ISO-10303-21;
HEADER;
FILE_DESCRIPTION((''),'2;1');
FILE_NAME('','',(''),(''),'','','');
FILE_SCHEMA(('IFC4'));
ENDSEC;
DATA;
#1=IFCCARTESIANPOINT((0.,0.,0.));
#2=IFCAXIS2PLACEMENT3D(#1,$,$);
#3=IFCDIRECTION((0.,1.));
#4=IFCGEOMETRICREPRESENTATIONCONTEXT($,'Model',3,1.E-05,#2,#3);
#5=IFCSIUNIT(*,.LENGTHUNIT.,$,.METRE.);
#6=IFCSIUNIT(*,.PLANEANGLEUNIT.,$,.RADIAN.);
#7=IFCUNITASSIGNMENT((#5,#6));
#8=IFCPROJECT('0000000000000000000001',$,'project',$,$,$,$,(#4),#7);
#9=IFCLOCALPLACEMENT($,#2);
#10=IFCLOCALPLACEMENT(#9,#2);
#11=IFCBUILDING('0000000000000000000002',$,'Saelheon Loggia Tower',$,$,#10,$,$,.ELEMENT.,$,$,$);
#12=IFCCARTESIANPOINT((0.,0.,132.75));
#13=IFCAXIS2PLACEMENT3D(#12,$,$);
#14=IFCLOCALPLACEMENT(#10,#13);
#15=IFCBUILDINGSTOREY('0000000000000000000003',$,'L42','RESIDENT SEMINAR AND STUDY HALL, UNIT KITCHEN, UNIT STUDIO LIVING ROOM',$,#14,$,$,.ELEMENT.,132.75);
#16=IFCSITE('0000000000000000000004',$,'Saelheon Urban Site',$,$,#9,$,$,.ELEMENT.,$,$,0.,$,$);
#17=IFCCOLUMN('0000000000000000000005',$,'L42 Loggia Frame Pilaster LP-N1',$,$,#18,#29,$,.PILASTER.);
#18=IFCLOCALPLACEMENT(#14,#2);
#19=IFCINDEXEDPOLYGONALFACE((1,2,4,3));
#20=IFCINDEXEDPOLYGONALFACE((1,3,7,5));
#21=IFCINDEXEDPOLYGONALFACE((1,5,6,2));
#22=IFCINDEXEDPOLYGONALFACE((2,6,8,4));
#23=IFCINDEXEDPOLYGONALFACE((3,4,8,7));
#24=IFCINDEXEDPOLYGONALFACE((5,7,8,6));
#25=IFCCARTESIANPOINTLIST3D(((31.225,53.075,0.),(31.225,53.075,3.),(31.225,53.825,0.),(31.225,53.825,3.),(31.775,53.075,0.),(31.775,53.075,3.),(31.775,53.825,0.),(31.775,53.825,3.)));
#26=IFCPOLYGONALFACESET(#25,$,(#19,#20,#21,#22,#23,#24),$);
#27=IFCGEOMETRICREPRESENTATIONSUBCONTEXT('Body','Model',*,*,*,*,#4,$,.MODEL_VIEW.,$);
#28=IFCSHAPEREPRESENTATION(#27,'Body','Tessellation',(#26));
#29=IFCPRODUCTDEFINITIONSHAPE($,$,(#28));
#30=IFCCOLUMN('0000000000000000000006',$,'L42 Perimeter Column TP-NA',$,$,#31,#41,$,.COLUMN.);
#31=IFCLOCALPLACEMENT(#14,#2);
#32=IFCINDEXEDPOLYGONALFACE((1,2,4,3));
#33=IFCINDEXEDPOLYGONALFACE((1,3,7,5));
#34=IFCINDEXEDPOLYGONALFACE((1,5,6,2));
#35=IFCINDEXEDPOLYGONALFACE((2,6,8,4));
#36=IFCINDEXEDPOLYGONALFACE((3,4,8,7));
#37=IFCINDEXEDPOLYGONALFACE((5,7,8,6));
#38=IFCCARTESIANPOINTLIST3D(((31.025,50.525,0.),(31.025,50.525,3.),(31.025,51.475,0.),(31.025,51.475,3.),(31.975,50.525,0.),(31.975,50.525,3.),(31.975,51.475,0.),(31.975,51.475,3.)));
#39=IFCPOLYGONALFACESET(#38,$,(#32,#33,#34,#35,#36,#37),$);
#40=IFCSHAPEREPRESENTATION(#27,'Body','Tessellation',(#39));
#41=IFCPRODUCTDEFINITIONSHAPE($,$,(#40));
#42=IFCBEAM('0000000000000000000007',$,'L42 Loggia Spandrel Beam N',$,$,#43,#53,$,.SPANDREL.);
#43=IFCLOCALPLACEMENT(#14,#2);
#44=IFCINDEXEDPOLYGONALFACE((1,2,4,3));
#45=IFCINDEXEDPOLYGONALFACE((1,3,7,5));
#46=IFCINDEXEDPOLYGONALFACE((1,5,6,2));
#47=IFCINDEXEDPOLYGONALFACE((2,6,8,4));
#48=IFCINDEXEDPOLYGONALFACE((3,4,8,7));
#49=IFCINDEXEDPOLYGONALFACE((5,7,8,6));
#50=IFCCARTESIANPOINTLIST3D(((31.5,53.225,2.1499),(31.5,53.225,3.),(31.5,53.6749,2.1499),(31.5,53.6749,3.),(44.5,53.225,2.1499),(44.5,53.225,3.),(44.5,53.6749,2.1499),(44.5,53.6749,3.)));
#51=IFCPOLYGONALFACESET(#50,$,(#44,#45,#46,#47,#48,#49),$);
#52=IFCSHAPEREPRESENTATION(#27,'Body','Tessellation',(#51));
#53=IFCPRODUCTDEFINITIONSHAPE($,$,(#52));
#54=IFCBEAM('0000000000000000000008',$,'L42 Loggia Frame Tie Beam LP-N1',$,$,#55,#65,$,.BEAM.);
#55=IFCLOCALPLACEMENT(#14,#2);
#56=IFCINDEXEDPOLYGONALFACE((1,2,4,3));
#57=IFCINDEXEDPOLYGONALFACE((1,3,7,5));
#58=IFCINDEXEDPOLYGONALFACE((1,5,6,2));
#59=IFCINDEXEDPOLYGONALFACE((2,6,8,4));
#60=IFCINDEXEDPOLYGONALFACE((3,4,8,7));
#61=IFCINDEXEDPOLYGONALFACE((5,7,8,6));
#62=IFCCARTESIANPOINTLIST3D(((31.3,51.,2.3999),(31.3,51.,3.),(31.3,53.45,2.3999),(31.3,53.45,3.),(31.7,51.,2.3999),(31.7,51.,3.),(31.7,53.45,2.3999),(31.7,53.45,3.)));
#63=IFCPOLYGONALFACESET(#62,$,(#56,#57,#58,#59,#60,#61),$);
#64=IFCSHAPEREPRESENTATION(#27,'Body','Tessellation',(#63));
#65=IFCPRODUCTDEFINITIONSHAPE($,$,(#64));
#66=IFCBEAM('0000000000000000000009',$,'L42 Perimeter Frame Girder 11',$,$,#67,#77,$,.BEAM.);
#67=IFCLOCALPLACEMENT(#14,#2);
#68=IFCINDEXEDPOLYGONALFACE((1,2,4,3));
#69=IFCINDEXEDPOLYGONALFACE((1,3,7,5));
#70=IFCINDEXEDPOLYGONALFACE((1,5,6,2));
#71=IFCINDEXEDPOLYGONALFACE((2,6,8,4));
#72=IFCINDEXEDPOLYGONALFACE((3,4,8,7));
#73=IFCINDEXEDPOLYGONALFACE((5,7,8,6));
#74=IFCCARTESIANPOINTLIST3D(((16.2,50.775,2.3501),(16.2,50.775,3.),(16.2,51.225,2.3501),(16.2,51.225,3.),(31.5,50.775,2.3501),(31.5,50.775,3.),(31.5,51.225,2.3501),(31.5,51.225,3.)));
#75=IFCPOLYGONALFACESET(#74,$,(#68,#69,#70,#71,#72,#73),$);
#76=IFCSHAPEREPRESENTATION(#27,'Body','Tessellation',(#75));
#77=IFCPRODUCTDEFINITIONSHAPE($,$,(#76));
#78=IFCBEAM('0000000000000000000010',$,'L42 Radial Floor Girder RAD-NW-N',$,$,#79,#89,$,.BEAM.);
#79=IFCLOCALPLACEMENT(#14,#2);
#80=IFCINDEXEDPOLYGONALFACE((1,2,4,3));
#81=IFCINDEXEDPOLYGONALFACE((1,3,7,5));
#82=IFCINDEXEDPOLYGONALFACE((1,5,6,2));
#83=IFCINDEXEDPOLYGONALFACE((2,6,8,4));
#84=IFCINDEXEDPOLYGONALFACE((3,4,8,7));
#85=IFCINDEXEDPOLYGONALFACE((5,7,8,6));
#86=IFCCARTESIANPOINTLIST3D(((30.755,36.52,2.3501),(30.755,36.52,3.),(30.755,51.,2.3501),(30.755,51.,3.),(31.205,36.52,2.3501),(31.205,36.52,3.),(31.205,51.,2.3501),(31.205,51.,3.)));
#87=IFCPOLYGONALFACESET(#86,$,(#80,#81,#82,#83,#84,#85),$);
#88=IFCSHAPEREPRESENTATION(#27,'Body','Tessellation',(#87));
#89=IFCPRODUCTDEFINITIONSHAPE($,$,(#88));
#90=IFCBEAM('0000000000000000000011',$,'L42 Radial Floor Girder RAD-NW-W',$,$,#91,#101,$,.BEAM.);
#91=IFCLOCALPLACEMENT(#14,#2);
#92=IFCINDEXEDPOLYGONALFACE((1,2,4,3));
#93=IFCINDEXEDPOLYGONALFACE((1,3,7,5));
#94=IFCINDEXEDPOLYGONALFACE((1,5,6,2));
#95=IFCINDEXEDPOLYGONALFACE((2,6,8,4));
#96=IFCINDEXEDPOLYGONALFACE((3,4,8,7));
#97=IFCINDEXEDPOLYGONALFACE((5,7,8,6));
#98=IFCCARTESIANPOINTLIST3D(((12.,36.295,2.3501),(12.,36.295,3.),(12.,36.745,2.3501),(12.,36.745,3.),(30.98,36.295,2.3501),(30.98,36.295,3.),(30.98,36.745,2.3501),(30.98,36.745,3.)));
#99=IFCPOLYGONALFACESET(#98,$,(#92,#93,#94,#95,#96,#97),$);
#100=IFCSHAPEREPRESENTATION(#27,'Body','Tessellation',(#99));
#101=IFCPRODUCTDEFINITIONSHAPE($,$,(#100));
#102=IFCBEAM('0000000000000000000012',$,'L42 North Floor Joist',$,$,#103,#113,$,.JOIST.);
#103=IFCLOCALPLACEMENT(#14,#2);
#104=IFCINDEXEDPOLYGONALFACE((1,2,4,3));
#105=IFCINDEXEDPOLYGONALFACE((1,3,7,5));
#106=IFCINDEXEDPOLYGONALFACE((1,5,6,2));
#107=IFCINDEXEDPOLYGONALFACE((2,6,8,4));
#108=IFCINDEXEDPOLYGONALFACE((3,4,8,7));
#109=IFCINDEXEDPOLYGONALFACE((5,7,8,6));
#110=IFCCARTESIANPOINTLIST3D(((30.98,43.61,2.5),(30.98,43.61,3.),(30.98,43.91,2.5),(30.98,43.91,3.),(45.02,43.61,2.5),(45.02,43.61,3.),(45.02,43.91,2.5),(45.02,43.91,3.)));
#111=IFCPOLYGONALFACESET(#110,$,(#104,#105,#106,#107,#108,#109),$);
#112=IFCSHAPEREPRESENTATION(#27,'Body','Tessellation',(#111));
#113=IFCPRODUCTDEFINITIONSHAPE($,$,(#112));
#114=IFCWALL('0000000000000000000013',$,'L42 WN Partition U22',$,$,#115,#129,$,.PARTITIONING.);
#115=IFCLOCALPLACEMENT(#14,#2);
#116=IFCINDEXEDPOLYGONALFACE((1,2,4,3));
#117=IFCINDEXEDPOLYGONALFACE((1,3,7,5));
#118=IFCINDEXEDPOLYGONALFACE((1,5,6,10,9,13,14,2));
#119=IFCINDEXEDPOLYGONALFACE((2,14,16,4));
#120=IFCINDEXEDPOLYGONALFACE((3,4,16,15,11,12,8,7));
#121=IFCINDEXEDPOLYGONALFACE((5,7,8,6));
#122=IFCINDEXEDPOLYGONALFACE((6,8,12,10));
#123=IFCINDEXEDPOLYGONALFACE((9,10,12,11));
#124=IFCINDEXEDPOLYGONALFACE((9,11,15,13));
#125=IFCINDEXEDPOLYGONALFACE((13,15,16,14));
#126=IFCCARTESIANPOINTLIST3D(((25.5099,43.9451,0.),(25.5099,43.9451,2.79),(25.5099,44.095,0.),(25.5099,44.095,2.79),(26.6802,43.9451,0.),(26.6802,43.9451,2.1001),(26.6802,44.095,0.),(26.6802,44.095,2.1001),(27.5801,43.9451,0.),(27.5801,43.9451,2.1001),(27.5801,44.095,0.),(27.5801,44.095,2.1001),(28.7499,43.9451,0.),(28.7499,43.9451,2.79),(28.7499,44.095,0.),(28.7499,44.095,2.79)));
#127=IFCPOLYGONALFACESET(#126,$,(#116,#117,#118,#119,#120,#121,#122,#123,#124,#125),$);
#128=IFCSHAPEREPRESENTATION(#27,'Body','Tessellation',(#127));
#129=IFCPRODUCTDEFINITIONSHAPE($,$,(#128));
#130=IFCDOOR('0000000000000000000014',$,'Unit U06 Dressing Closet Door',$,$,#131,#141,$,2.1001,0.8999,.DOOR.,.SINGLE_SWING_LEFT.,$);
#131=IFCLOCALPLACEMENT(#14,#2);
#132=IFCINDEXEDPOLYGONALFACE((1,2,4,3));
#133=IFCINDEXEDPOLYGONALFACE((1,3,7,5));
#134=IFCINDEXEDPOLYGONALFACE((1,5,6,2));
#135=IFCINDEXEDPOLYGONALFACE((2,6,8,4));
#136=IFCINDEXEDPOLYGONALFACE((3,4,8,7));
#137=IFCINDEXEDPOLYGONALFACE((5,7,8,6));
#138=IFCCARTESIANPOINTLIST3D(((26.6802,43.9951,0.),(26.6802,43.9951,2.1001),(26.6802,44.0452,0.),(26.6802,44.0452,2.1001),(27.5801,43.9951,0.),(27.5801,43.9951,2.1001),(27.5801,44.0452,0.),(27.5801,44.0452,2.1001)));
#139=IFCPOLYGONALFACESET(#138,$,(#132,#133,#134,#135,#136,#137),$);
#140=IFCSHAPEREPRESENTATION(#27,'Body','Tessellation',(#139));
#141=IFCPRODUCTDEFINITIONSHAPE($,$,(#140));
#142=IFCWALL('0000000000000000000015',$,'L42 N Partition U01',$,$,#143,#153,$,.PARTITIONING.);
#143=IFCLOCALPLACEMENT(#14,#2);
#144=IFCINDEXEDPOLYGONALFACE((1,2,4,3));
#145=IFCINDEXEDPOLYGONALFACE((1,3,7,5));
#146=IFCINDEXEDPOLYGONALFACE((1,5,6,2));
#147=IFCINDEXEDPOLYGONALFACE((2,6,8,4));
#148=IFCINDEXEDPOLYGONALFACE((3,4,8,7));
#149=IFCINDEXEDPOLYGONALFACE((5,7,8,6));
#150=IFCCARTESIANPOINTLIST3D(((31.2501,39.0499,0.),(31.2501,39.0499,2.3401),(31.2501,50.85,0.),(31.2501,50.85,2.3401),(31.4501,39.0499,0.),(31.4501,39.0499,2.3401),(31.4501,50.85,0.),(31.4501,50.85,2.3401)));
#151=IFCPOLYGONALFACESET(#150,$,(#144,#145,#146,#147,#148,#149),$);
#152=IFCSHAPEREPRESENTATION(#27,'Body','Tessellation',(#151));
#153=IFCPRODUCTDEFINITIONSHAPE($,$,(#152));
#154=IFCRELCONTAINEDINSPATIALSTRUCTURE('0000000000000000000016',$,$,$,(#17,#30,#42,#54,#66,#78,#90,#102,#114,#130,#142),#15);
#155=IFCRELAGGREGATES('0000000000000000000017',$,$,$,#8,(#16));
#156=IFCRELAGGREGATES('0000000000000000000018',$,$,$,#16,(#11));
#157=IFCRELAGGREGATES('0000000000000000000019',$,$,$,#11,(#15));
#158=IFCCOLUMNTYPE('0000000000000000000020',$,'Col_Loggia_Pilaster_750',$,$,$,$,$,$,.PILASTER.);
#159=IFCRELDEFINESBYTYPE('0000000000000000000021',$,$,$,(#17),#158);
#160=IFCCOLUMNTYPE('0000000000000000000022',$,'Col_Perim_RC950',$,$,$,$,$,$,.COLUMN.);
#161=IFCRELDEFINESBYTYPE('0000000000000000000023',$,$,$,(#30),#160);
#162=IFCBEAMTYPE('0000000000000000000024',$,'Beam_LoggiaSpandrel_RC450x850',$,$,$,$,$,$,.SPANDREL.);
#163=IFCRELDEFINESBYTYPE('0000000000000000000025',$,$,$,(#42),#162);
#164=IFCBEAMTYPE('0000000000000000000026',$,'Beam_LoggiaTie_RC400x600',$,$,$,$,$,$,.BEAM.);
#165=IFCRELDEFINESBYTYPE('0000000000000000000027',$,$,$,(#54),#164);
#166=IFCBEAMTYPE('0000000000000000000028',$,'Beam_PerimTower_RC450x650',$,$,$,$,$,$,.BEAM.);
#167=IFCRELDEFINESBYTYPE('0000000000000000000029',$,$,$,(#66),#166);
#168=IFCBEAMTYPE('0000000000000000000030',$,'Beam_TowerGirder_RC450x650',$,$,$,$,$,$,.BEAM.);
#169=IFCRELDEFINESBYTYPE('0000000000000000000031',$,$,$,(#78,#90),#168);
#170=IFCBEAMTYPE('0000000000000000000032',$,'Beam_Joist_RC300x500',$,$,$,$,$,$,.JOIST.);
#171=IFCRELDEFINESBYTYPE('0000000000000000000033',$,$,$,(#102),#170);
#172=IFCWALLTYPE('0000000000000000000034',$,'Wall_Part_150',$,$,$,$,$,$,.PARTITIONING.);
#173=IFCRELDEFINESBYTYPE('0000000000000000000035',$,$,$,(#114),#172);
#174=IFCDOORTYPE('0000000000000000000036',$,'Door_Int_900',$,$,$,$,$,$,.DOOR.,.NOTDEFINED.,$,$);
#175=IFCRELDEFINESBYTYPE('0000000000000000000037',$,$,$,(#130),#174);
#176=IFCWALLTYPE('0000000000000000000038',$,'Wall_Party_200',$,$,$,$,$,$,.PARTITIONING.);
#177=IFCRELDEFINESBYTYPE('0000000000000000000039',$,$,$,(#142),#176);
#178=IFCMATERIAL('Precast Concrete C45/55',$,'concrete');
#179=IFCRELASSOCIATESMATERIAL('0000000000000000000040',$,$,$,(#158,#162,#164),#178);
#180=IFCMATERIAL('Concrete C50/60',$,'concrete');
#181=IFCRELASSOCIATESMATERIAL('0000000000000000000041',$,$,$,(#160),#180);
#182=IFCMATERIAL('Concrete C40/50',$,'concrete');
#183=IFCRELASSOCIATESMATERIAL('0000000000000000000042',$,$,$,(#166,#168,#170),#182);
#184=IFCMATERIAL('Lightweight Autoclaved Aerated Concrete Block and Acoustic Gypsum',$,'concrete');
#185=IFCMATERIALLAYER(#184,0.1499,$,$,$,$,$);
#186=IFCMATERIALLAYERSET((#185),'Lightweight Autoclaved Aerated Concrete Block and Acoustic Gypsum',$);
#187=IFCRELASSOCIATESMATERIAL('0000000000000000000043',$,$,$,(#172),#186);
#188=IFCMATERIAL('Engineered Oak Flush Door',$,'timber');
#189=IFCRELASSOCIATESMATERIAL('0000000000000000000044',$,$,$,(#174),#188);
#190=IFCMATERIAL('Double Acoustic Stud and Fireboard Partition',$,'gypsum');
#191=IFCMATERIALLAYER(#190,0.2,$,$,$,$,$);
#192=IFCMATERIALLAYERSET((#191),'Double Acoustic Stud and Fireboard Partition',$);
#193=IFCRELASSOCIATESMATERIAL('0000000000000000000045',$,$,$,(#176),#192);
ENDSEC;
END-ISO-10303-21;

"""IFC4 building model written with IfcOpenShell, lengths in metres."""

from ifc_helpers import new_model, si_unit, direction, frame, frame_2d, origin, origin_2d, place, context, subcontext, project, spatial, rectangle, extrude, source, transform, mapped, material, layer, layer_set, material_profile, profile_set, type_object, element, fill, save


model = new_model("IFC4")

# Units and contexts
model_context = context("Model", 3, precision=1e-05, world=origin(), true_north=direction((0.0, 1.0)))
body_context = subcontext(model_context, "Body", "Model", "MODEL_VIEW")
ifc_project = project(units=[si_unit("LENGTHUNIT", "METRE"), si_unit("PLANEANGLEUNIT", "RADIAN")], contexts=[model_context])

# Site, building, storey
site_placement = place(None, origin())
site = spatial("IfcSite", under=ifc_project, at=site_placement, Name="Saelheon Urban Site", CompositionType="ELEMENT", RefElevation=0.0)
building_placement = place(site_placement, origin())
building = spatial("IfcBuilding", under=site, at=building_placement, Name="Saelheon Loggia Tower", CompositionType="ELEMENT")
storey_placement = place(building_placement, frame((0.0, 0.0, 132.75)))
storey = spatial("IfcBuildingStorey", under=building, at=storey_placement, Name="L42", Description="RESIDENT SEMINAR AND STUDY HALL, UNIT KITCHEN, UNIT STUDIO LIVING ROOM", CompositionType="ELEMENT", Elevation=132.75)

# Columns
ifc_material_1 = material(Name="Precast Concrete C45/55", Category="concrete")
ifc_material_profile_1 = material_profile(ifc_material_1, rectangle(XDim=0.55, YDim=0.75, at=origin_2d()), Name="RC-550x750")
ifc_profile_set_1 = profile_set([ifc_material_profile_1], Name="Precast Concrete C45/55")
column_type_1 = type_object("IfcColumnType", Name="Col_Loggia_Pilaster_750", PredefinedType="PILASTER", material=ifc_profile_set_1)
shared_shape_1 = source(origin(), body_context, "Body", "SweptSolid", [
    extrude(rectangle(XDim=0.55, YDim=0.75, at=origin_2d()), origin(), (0.0, 0.0, 1.0), 3.0),
])
column_1_placement = place(storey_placement, frame((31.5, 53.45, 0.0), z_axis=(0.0, 0.0, 1.0), x_axis=(1.0, 0.0, 0.0)))
element("IfcColumn", 1, at=column_1_placement, inside=storey, type_object=column_type_1, Name="L42 Loggia Frame Pilaster LP-N1", PredefinedType="PILASTER", context=body_context, shape_type="MappedRepresentation", body=[
    mapped(shared_shape_1, transform((0.0, 0.0, 0.0), scale=1.0)),
])
ifc_material_2 = material(Name="Concrete C50/60", Category="concrete")
ifc_material_profile_2 = material_profile(ifc_material_2, rectangle(XDim=0.95, YDim=0.95, at=origin_2d()), Name="RC-950x950")
ifc_profile_set_2 = profile_set([ifc_material_profile_2], Name="Concrete C50/60")
column_type_2 = type_object("IfcColumnType", Name="Col_Perim_RC950", PredefinedType="COLUMN", material=ifc_profile_set_2)
shared_shape_2 = source(origin(), body_context, "Body", "SweptSolid", [
    extrude(rectangle(XDim=0.95, YDim=0.95, at=origin_2d()), origin(), (0.0, 0.0, 1.0), 3.0),
])
column_2_placement = place(storey_placement, frame((31.5, 51.0, 0.0), z_axis=(0.0, 0.0, 1.0), x_axis=(1.0, 0.0, 0.0)))
element("IfcColumn", 2, at=column_2_placement, inside=storey, type_object=column_type_2, Name="L42 Perimeter Column TP-NA", PredefinedType="COLUMN", context=body_context, shape_type="MappedRepresentation", body=[
    mapped(shared_shape_2, transform((0.0, 0.0, 0.0), scale=1.0)),
])

# Beams
ifc_material_profile_3 = material_profile(ifc_material_1, rectangle(XDim=0.45, YDim=0.8501, at=origin_2d()), Name="RC-450x850")
ifc_profile_set_3 = profile_set([ifc_material_profile_3], Name="Precast Concrete C45/55")
beam_type_1 = type_object("IfcBeamType", Name="Beam_LoggiaSpandrel_RC450x850", PredefinedType="SPANDREL", material=ifc_profile_set_3)
shared_shape_3 = source(origin(), body_context, "Body", "SweptSolid", [
    extrude(rectangle(XDim=0.45, YDim=0.8501, at=origin_2d()), origin(), (0.0, 0.0, 1.0), 13.0),
])
beam_1_placement = place(storey_placement, frame((31.5, 53.45, 2.575), z_axis=(1.0, 0.0, 0.0), x_axis=(0.0, 1.0, 0.0)))
element("IfcBeam", 3, at=beam_1_placement, inside=storey, type_object=beam_type_1, Name="L42 Loggia Spandrel Beam N", PredefinedType="SPANDREL", context=body_context, shape_type="MappedRepresentation", body=[
    mapped(shared_shape_3, transform((0.0, 0.0, 0.0), scale=1.0)),
])
ifc_material_profile_4 = material_profile(ifc_material_1, rectangle(XDim=0.3999, YDim=0.6001, at=origin_2d()), Name="RC-400x600")
ifc_profile_set_4 = profile_set([ifc_material_profile_4], Name="Precast Concrete C45/55")
beam_type_2 = type_object("IfcBeamType", Name="Beam_LoggiaTie_RC400x600", PredefinedType="BEAM", material=ifc_profile_set_4)
shared_shape_4 = source(origin(), body_context, "Body", "SweptSolid", [
    extrude(rectangle(XDim=0.3999, YDim=0.6001, at=origin_2d()), origin(), (0.0, 0.0, 1.0), 2.45),
])
beam_2_placement = place(storey_placement, frame((31.5, 51.0, 2.7), z_axis=(0.0, 1.0, 0.0), x_axis=(-1.0, 0.0, 0.0)))
element("IfcBeam", 4, at=beam_2_placement, inside=storey, type_object=beam_type_2, Name="L42 Loggia Frame Tie Beam LP-N1", PredefinedType="BEAM", context=body_context, shape_type="MappedRepresentation", body=[
    mapped(shared_shape_4, transform((0.0, 0.0, 0.0), scale=1.0)),
])
ifc_material_3 = material(Name="Concrete C40/50", Category="concrete")
ifc_material_profile_5 = material_profile(ifc_material_3, rectangle(XDim=0.45, YDim=0.6499, at=origin_2d()), Name="RC-450x650")
ifc_profile_set_5 = profile_set([ifc_material_profile_5], Name="Concrete C40/50")
beam_type_3 = type_object("IfcBeamType", Name="Beam_PerimTower_RC450x650", PredefinedType="BEAM", material=ifc_profile_set_5)
shared_shape_5 = source(origin(), body_context, "Body", "SweptSolid", [
    extrude(rectangle(XDim=0.45, YDim=0.6499, at=origin_2d()), origin(), (0.0, 0.0, 1.0), 15.3),
])
beam_3_placement = place(storey_placement, frame((31.5, 51.0, 2.675), z_axis=(-1.0, 0.0, 0.0), x_axis=(0.0, -1.0, 0.0)))
element("IfcBeam", 5, at=beam_3_placement, inside=storey, type_object=beam_type_3, Name="L42 Perimeter Frame Girder 11", PredefinedType="BEAM", context=body_context, shape_type="MappedRepresentation", body=[
    mapped(shared_shape_5, transform((0.0, 0.0, 0.0), scale=1.0)),
])
ifc_material_profile_6 = material_profile(ifc_material_3, rectangle(XDim=0.45, YDim=0.6499, at=origin_2d()), Name="RC-450x650")
ifc_profile_set_6 = profile_set([ifc_material_profile_6], Name="Concrete C40/50")
beam_type_4 = type_object("IfcBeamType", Name="Beam_TowerGirder_RC450x650", PredefinedType="BEAM", material=ifc_profile_set_6)
shared_shape_6 = source(origin(), body_context, "Body", "SweptSolid", [
    extrude(rectangle(XDim=0.45, YDim=0.6499, at=origin_2d()), origin(), (0.0, 0.0, 1.0), 14.48),
])
beam_4_placement = place(storey_placement, frame((30.98, 36.52, 2.675), z_axis=(0.0, 1.0, 0.0), x_axis=(-1.0, 0.0, 0.0)))
element("IfcBeam", 6, at=beam_4_placement, inside=storey, type_object=beam_type_4, Name="L42 Radial Floor Girder RAD-NW-N", PredefinedType="BEAM", context=body_context, shape_type="MappedRepresentation", body=[
    mapped(shared_shape_6, transform((0.0, 0.0, 0.0), scale=1.0)),
])
shared_shape_7 = source(origin(), body_context, "Body", "SweptSolid", [
    extrude(rectangle(XDim=0.45, YDim=0.6499, at=origin_2d()), origin(), (0.0, 0.0, 1.0), 18.98),
])
beam_5_placement = place(storey_placement, frame((30.98, 36.52, 2.675), z_axis=(-1.0, 0.0, 0.0), x_axis=(0.0, -1.0, 0.0)))
element("IfcBeam", 7, at=beam_5_placement, inside=storey, type_object=beam_type_4, Name="L42 Radial Floor Girder RAD-NW-W", PredefinedType="BEAM", context=body_context, shape_type="MappedRepresentation", body=[
    mapped(shared_shape_7, transform((0.0, 0.0, 0.0), scale=1.0)),
])
ifc_material_profile_7 = material_profile(ifc_material_3, rectangle(XDim=0.3, YDim=0.5, at=origin_2d()), Name="RC-300x500")
ifc_profile_set_7 = profile_set([ifc_material_profile_7], Name="Concrete C40/50")
beam_type_5 = type_object("IfcBeamType", Name="Beam_Joist_RC300x500", PredefinedType="JOIST", material=ifc_profile_set_7)
shared_shape_8 = source(origin(), body_context, "Body", "SweptSolid", [
    extrude(rectangle(XDim=0.3, YDim=0.5, at=origin_2d()), origin(), (0.0, 0.0, 1.0), 14.04),
])
beam_6_placement = place(storey_placement, frame((30.98, 43.76, 2.75), z_axis=(1.0, 0.0, 0.0), x_axis=(0.0, 1.0, 0.0)))
element("IfcBeam", 8, at=beam_6_placement, inside=storey, type_object=beam_type_5, Name="L42 North Floor Joist", PredefinedType="JOIST", context=body_context, shape_type="MappedRepresentation", body=[
    mapped(shared_shape_8, transform((0.0, 0.0, 0.0), scale=1.0)),
])

# Wall, opening, door
ifc_material_4 = material(Name="Lightweight Autoclaved Aerated Concrete Block and Acoustic Gypsum", Category="concrete")
ifc_layer_1 = layer(ifc_material_4, 0.1499)
ifc_layer_set_1 = layer_set([ifc_layer_1], Name="Lightweight Autoclaved Aerated Concrete Block and Acoustic Gypsum")
wall_type_1 = type_object("IfcWallType", Name="Wall_Part_150", PredefinedType="PARTITIONING", material=ifc_layer_set_1)
wall_1_placement = place(storey_placement, frame((28.75, 44.02, 0.0), z_axis=(0.0, 0.0, 1.0), x_axis=(-1.0, 0.0, 0.0)))
wall_1 = element("IfcWall", 9, at=wall_1_placement, inside=storey, type_object=wall_type_1, Name="L42 WN Partition U22", PredefinedType="PARTITIONING", context=body_context, shape_type="SweptSolid", body=[
    extrude(rectangle(XDim=3.24, YDim=0.1499, at=frame_2d((1.6201, 0.0))), origin(), (0.0, 0.0, 1.0), 2.79),
])
opening_1_placement = place(wall_1_placement, frame((1.1699, 0.0, 0.0)))
opening_1 = element("IfcOpeningElement", 10, at=opening_1_placement, cuts=wall_1, PredefinedType="OPENING", context=body_context, shape_type="SweptSolid", body=[
    extrude(rectangle(XDim=0.8999, YDim=2.1001, at=frame_2d((0.45, 1.05))), frame((0.0, 0.0869, 0.0), z_axis=(0.0, -1.0, 0.0), x_axis=(1.0, 0.0, 0.0)), (0.0, 0.0, 1.0), 0.1738),
])
ifc_material_5 = material(Name="Engineered Oak Flush Door", Category="timber")
door_type_1 = type_object("IfcDoorType", Name="Door_Int_900", OperationType="NOTDEFINED", PredefinedType="DOOR", material=ifc_material_5)
shared_shape_9 = source(origin(), body_context, "Body", "SweptSolid", [
    extrude(rectangle(XDim=0.8999, YDim=2.1001, at=frame_2d((0.45, 1.05))), frame((0.0, 0.0249, 0.0), z_axis=(0.0, -1.0, 0.0), x_axis=(1.0, 0.0, 0.0)), (0.0, 0.0, 1.0), 0.05),
])
door_1_placement = place(opening_1_placement, origin())
door_1 = element("IfcDoor", 11, at=door_1_placement, inside=storey, type_object=door_type_1, Name="Unit U06 Dressing Closet Door", OperationType="SINGLE_SWING_LEFT", OverallHeight=2.1001, OverallWidth=0.8999, PredefinedType="DOOR", context=body_context, shape_type="MappedRepresentation", body=[
    mapped(shared_shape_9, transform((0.0, 0.0, 0.0), scale=1.0)),
])
fill(opening_1, door_1)

# Wall
ifc_material_6 = material(Name="Double Acoustic Stud and Fireboard Partition", Category="gypsum")
ifc_layer_2 = layer(ifc_material_6, 0.2)
ifc_layer_set_2 = layer_set([ifc_layer_2], Name="Double Acoustic Stud and Fireboard Partition")
wall_type_2 = type_object("IfcWallType", Name="Wall_Party_200", PredefinedType="PARTITIONING", material=ifc_layer_set_2)
wall_2_placement = place(storey_placement, frame((31.3501, 39.05, 0.0), z_axis=(0.0, 0.0, 1.0), x_axis=(0.0, 1.0, 0.0)))
element("IfcWall", 12, at=wall_2_placement, inside=storey, type_object=wall_type_2, Name="L42 N Partition U01", PredefinedType="PARTITIONING", context=body_context, shape_type="SweptSolid", body=[
    extrude(rectangle(XDim=11.8, YDim=0.2, at=frame_2d((5.8999, 0.0))), origin(), (0.0, 0.0, 1.0), 2.3401),
])

save(model, "model.ifc")
